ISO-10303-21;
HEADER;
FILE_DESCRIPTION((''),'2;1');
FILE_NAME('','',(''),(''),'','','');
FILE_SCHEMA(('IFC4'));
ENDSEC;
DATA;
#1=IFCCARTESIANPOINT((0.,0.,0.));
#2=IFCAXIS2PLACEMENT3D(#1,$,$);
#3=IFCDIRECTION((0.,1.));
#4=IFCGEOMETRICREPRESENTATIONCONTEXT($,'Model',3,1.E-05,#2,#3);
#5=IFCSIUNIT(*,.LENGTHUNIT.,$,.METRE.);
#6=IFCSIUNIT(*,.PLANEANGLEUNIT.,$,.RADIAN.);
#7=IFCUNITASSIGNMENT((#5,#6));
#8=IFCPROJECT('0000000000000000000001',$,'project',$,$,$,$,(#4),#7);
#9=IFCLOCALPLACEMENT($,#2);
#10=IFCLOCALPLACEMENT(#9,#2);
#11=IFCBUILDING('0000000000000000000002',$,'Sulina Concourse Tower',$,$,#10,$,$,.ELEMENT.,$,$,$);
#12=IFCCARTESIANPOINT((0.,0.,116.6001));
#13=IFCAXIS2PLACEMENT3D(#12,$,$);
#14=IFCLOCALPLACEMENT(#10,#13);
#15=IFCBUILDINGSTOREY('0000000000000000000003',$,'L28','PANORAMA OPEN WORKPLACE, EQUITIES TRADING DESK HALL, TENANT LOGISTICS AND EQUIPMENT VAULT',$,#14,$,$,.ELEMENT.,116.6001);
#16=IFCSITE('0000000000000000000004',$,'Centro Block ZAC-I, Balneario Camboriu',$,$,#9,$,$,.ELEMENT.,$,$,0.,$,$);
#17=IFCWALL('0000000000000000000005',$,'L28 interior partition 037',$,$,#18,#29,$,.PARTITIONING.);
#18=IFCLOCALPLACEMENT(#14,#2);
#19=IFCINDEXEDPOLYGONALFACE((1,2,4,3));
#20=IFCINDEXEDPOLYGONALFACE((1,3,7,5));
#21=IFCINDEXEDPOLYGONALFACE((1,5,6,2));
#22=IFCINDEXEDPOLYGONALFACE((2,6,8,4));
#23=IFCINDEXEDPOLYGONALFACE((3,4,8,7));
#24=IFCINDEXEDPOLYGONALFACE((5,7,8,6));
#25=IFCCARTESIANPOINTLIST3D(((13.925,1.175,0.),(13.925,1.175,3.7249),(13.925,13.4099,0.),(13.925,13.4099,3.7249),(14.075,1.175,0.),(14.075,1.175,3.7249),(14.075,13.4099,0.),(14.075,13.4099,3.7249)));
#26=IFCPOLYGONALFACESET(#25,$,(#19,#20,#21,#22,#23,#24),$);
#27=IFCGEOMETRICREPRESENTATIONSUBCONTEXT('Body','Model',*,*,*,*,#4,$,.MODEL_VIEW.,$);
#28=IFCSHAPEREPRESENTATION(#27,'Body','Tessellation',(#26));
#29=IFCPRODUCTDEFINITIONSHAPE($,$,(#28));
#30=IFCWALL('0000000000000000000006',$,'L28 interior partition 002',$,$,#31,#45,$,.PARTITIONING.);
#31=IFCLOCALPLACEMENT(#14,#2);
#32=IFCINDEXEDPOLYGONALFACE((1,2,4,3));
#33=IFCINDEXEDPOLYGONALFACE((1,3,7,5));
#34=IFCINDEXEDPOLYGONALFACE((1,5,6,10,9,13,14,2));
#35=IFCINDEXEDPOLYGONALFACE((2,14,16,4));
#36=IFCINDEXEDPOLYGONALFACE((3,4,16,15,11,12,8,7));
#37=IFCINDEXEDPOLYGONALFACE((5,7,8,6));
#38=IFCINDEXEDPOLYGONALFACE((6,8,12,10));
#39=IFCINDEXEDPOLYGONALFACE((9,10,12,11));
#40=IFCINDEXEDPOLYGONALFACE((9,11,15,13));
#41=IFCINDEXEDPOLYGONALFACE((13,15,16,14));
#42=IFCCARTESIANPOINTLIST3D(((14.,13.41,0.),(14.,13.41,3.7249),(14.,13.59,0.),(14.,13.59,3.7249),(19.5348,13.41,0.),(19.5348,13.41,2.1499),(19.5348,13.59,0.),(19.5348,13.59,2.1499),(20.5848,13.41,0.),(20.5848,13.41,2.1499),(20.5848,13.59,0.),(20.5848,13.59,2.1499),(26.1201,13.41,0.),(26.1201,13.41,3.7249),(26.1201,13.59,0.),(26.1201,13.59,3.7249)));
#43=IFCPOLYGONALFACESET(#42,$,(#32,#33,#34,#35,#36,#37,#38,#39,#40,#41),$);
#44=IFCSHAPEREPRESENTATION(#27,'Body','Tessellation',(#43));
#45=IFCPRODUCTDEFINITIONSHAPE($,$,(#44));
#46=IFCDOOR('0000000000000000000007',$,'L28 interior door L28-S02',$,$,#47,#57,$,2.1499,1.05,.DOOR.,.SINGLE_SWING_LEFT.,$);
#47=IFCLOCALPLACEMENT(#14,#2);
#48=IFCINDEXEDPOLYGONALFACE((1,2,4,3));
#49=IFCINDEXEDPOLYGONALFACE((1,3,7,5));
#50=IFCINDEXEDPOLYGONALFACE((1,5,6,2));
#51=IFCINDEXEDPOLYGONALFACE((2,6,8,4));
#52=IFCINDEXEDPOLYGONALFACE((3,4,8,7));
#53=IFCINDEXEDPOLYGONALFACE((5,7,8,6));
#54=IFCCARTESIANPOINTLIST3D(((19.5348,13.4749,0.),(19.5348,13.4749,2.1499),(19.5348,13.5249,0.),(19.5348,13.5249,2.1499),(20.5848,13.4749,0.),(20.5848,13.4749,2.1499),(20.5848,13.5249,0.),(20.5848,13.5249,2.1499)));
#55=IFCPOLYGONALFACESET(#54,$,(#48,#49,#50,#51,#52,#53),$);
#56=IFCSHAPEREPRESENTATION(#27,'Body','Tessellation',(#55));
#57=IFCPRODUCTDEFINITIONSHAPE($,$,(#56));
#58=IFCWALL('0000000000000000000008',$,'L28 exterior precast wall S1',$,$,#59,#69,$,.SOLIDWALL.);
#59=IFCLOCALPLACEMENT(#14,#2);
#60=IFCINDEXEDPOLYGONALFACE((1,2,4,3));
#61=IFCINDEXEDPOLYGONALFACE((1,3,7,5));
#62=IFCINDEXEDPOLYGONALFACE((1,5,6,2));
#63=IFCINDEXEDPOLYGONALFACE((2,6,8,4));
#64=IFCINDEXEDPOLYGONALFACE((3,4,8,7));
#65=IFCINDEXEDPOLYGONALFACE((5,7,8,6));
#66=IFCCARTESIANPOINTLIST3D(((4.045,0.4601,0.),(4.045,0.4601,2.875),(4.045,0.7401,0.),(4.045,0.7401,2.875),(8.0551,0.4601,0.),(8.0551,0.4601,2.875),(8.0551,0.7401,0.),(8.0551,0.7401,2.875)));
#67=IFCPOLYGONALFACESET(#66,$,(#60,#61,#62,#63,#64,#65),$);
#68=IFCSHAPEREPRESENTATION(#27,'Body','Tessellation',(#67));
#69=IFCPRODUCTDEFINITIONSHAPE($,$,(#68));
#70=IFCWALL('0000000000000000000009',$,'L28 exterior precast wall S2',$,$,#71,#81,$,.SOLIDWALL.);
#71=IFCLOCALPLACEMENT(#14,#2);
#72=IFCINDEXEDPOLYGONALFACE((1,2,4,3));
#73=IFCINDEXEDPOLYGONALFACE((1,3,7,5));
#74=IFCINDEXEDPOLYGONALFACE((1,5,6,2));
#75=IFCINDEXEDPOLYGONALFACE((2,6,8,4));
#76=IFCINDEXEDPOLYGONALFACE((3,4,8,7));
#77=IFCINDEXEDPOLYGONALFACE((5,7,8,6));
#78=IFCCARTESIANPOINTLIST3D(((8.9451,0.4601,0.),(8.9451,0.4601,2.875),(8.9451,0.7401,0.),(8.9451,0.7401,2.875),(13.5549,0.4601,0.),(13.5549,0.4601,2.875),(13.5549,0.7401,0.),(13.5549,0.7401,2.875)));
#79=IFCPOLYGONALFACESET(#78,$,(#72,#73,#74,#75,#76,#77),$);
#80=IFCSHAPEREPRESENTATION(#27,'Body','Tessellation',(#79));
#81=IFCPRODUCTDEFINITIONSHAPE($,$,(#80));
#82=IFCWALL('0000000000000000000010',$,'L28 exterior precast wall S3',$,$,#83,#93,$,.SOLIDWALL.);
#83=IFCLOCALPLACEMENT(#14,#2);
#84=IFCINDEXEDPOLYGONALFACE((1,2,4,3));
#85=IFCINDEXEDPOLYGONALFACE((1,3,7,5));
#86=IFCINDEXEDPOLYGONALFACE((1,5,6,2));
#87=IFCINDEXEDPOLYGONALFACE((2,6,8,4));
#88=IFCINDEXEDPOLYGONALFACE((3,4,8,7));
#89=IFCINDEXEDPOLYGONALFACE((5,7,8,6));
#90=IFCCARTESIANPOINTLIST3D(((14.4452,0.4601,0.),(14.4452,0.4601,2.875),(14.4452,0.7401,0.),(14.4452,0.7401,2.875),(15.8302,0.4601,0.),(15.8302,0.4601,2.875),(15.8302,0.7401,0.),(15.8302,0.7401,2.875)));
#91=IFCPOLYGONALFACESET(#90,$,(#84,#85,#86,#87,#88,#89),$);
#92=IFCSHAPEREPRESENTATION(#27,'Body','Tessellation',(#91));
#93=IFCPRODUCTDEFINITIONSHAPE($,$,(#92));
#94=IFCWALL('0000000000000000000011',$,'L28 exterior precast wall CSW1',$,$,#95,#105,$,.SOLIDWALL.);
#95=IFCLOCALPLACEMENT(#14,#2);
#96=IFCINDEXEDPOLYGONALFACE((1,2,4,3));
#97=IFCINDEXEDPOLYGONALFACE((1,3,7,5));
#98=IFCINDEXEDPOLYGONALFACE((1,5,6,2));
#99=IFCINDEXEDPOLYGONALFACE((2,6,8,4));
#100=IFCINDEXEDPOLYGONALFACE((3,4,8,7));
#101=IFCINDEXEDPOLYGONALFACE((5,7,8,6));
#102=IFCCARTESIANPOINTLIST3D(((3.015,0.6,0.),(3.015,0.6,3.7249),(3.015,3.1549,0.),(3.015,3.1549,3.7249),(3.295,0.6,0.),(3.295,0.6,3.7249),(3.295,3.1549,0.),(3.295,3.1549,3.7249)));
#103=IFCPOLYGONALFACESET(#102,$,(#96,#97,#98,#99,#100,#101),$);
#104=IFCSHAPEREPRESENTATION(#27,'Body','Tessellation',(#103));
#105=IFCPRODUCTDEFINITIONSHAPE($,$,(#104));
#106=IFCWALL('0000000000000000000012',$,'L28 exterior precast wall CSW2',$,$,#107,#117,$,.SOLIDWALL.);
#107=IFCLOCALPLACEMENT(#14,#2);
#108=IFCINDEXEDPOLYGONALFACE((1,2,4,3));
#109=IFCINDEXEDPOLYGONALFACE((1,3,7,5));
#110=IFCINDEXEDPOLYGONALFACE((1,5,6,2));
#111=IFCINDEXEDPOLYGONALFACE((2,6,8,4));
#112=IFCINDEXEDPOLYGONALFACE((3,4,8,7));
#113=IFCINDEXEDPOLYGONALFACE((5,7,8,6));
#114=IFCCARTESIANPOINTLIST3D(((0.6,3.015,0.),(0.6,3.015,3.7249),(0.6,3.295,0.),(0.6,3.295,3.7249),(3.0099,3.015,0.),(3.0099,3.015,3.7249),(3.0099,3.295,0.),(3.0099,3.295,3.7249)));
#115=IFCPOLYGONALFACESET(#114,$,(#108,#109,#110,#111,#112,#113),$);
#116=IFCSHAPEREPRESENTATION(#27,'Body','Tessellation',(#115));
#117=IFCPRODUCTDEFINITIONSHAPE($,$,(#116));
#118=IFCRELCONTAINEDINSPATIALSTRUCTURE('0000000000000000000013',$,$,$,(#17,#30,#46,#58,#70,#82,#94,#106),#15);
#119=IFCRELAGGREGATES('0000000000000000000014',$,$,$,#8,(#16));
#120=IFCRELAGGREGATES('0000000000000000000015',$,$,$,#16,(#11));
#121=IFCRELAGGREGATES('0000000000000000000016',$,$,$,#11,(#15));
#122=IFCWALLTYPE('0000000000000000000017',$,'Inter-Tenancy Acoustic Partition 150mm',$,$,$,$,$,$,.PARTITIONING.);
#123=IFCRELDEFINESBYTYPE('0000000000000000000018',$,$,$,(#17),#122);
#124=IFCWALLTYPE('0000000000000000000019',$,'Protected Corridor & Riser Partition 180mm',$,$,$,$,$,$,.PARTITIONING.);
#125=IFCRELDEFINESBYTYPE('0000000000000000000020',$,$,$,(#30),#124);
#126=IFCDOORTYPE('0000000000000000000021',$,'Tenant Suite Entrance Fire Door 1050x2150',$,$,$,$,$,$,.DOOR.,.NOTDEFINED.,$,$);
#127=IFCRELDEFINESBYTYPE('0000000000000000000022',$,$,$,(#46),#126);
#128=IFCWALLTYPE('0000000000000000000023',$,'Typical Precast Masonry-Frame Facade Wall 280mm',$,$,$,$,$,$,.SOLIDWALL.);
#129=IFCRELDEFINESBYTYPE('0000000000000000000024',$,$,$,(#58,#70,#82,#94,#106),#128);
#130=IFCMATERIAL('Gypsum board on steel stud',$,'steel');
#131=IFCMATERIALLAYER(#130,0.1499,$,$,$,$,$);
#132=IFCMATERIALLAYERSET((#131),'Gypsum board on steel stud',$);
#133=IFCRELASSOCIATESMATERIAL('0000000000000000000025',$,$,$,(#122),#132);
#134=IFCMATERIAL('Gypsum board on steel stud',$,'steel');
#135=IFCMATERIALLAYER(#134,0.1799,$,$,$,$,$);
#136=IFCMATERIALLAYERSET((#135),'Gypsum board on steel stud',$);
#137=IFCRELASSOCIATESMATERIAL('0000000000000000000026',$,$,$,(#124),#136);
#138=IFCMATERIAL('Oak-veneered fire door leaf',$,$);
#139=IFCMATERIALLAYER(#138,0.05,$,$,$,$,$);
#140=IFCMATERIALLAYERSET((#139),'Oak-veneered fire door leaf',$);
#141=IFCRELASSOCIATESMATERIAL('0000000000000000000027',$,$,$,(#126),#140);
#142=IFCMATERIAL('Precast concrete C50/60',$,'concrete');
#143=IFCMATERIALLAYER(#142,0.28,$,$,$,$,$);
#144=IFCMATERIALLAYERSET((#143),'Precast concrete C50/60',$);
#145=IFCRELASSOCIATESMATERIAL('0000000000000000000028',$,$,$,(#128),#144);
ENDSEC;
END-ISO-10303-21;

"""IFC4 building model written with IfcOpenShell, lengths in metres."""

from ifc_helpers import new_model, si_unit, direction, frame, frame_2d, origin, place, context, subcontext, project, spatial, rectangle, extrude, material, layer, layer_set, type_object, element, fill, save


model = new_model("IFC4")

# Units and contexts
model_context = context("Model", 3, precision=1e-05, world=origin(), true_north=direction((0.0, 1.0)))
body_context = subcontext(model_context, "Body", "Model", "MODEL_VIEW")
ifc_project = project(units=[si_unit("LENGTHUNIT", "METRE"), si_unit("PLANEANGLEUNIT", "RADIAN")], contexts=[model_context])

# Site, building, storey
site_placement = place(None, origin())
site = spatial("IfcSite", under=ifc_project, at=site_placement, Name="Centro Block ZAC-I, Balneario Camboriu", CompositionType="ELEMENT", RefElevation=0.0)
building_placement = place(site_placement, origin())
building = spatial("IfcBuilding", under=site, at=building_placement, Name="Sulina Concourse Tower", CompositionType="ELEMENT")
storey_placement = place(building_placement, frame((0.0, 0.0, 116.6001)))
storey = spatial("IfcBuildingStorey", under=building, at=storey_placement, Name="L28", Description="PANORAMA OPEN WORKPLACE, EQUITIES TRADING DESK HALL, TENANT LOGISTICS AND EQUIPMENT VAULT", CompositionType="ELEMENT", Elevation=116.6001)

# Wall
ifc_material_1 = material(Name="Gypsum board on steel stud", Category="steel")
ifc_layer_1 = layer(ifc_material_1, 0.1499)
ifc_layer_set_1 = layer_set([ifc_layer_1], Name="Gypsum board on steel stud")
wall_type_1 = type_object("IfcWallType", Name="Inter-Tenancy Acoustic Partition 150mm", PredefinedType="PARTITIONING", material=ifc_layer_set_1)
wall_1_placement = place(storey_placement, frame((14.0, 1.175, 0.0), z_axis=(0.0, 0.0, 1.0), x_axis=(0.0, 1.0, 0.0)))
element("IfcWall", 1, at=wall_1_placement, inside=storey, type_object=wall_type_1, Name="L28 interior partition 037", PredefinedType="PARTITIONING", context=body_context, shape_type="SweptSolid", body=[
    extrude(rectangle(XDim=12.2349, YDim=0.1499, at=frame_2d((6.1174, 0.0))), origin(), (0.0, 0.0, 1.0), 3.7249),
])

# Wall, opening, door
ifc_material_2 = material(Name="Gypsum board on steel stud", Category="steel")
ifc_layer_2 = layer(ifc_material_2, 0.1799)
ifc_layer_set_2 = layer_set([ifc_layer_2], Name="Gypsum board on steel stud")
wall_type_2 = type_object("IfcWallType", Name="Protected Corridor & Riser Partition 180mm", PredefinedType="PARTITIONING", material=ifc_layer_set_2)
wall_2_placement = place(storey_placement, frame((14.0, 13.5, 0.0), z_axis=(0.0, 0.0, 1.0), x_axis=(1.0, 0.0, 0.0)))
wall_2 = element("IfcWall", 2, at=wall_2_placement, inside=storey, type_object=wall_type_2, Name="L28 interior partition 002", PredefinedType="PARTITIONING", context=body_context, shape_type="SweptSolid", body=[
    extrude(rectangle(XDim=12.1201, YDim=0.1799, at=frame_2d((6.0601, 0.0))), origin(), (0.0, 0.0, 1.0), 3.7249),
])
opening_placement = place(wall_2_placement, frame((5.5349, 0.0, 0.0)))
opening = element("IfcOpeningElement", 3, at=opening_placement, cuts=wall_2, PredefinedType="OPENING", context=body_context, shape_type="SweptSolid", body=[
    extrude(rectangle(XDim=1.05, YDim=2.1499, at=frame_2d((0.5249, 1.075))), frame((0.0, 0.0999, 0.0), z_axis=(0.0, -1.0, 0.0), x_axis=(1.0, 0.0, 0.0)), (0.0, 0.0, 1.0), 0.2),
])
ifc_material_3 = material(Name="Oak-veneered fire door leaf")
ifc_layer_3 = layer(ifc_material_3, 0.05)
ifc_layer_set_3 = layer_set([ifc_layer_3], Name="Oak-veneered fire door leaf")
door_type = type_object("IfcDoorType", Name="Tenant Suite Entrance Fire Door 1050x2150", OperationType="NOTDEFINED", PredefinedType="DOOR", material=ifc_layer_set_3)
door_placement = place(opening_placement, origin())
door = element("IfcDoor", 4, at=door_placement, inside=storey, type_object=door_type, Name="L28 interior door L28-S02", OperationType="SINGLE_SWING_LEFT", OverallHeight=2.1499, OverallWidth=1.05, PredefinedType="DOOR", context=body_context, shape_type="SweptSolid", body=[
    extrude(rectangle(XDim=1.05, YDim=2.1499, at=frame_2d((0.5249, 1.075))), frame((0.0, 0.0249, 0.0), z_axis=(0.0, -1.0, 0.0), x_axis=(1.0, 0.0, 0.0)), (0.0, 0.0, 1.0), 0.05),
])
fill(opening, door)

# Walls
ifc_material_4 = material(Name="Precast concrete C50/60", Category="concrete")
ifc_layer_4 = layer(ifc_material_4, 0.28)
ifc_layer_set_4 = layer_set([ifc_layer_4], Name="Precast concrete C50/60")
wall_type_3 = type_object("IfcWallType", Name="Typical Precast Masonry-Frame Facade Wall 280mm", PredefinedType="SOLIDWALL", material=ifc_layer_set_4)
wall_3_placement = place(storey_placement, frame((8.0549, 0.6001, 0.0), z_axis=(0.0, 0.0, 1.0), x_axis=(-1.0, 0.0, 0.0)))
element("IfcWall", 5, at=wall_3_placement, inside=storey, type_object=wall_type_3, Name="L28 exterior precast wall S1", PredefinedType="SOLIDWALL", context=body_context, shape_type="SweptSolid", body=[
    extrude(rectangle(XDim=4.01, YDim=0.28, at=frame_2d((2.0049, 0.0))), origin(), (0.0, 0.0, 1.0), 2.875),
])
wall_4_placement = place(storey_placement, frame((13.5549, 0.6001, 0.0), z_axis=(0.0, 0.0, 1.0), x_axis=(-1.0, 0.0, 0.0)))
element("IfcWall", 6, at=wall_4_placement, inside=storey, type_object=wall_type_3, Name="L28 exterior precast wall S2", PredefinedType="SOLIDWALL", context=body_context, shape_type="SweptSolid", body=[
    extrude(rectangle(XDim=4.6099, YDim=0.28, at=frame_2d((2.3049, 0.0))), origin(), (0.0, 0.0, 1.0), 2.875),
])
wall_5_placement = place(storey_placement, frame((15.8301, 0.6001, 0.0), z_axis=(0.0, 0.0, 1.0), x_axis=(-1.0, 0.0, 0.0)))
element("IfcWall", 7, at=wall_5_placement, inside=storey, type_object=wall_type_3, Name="L28 exterior precast wall S3", PredefinedType="SOLIDWALL", context=body_context, shape_type="SweptSolid", body=[
    extrude(rectangle(XDim=1.385, YDim=0.28, at=frame_2d((0.6924, 0.0))), origin(), (0.0, 0.0, 1.0), 2.875),
])
wall_6_placement = place(storey_placement, frame((3.155, 0.6001, 0.0), z_axis=(0.0, 0.0, 1.0), x_axis=(0.0, 1.0, 0.0)))
element("IfcWall", 8, at=wall_6_placement, inside=storey, type_object=wall_type_3, Name="L28 exterior precast wall CSW1", PredefinedType="SOLIDWALL", context=body_context, shape_type="SweptSolid", body=[
    extrude(rectangle(XDim=2.5549, YDim=0.28, at=frame_2d((1.2773, 0.0))), origin(), (0.0, 0.0, 1.0), 3.7249),
])
wall_7_placement = place(storey_placement, frame((3.01, 3.155, 0.0), z_axis=(0.0, 0.0, 1.0), x_axis=(-1.0, 0.0, 0.0)))
element("IfcWall", 9, at=wall_7_placement, inside=storey, type_object=wall_type_3, Name="L28 exterior precast wall CSW2", PredefinedType="SOLIDWALL", context=body_context, shape_type="SweptSolid", body=[
    extrude(rectangle(XDim=2.4099, YDim=0.28, at=frame_2d((1.2051, 0.0))), origin(), (0.0, 0.0, 1.0), 3.7249),
])

save(model, "model.ifc")
